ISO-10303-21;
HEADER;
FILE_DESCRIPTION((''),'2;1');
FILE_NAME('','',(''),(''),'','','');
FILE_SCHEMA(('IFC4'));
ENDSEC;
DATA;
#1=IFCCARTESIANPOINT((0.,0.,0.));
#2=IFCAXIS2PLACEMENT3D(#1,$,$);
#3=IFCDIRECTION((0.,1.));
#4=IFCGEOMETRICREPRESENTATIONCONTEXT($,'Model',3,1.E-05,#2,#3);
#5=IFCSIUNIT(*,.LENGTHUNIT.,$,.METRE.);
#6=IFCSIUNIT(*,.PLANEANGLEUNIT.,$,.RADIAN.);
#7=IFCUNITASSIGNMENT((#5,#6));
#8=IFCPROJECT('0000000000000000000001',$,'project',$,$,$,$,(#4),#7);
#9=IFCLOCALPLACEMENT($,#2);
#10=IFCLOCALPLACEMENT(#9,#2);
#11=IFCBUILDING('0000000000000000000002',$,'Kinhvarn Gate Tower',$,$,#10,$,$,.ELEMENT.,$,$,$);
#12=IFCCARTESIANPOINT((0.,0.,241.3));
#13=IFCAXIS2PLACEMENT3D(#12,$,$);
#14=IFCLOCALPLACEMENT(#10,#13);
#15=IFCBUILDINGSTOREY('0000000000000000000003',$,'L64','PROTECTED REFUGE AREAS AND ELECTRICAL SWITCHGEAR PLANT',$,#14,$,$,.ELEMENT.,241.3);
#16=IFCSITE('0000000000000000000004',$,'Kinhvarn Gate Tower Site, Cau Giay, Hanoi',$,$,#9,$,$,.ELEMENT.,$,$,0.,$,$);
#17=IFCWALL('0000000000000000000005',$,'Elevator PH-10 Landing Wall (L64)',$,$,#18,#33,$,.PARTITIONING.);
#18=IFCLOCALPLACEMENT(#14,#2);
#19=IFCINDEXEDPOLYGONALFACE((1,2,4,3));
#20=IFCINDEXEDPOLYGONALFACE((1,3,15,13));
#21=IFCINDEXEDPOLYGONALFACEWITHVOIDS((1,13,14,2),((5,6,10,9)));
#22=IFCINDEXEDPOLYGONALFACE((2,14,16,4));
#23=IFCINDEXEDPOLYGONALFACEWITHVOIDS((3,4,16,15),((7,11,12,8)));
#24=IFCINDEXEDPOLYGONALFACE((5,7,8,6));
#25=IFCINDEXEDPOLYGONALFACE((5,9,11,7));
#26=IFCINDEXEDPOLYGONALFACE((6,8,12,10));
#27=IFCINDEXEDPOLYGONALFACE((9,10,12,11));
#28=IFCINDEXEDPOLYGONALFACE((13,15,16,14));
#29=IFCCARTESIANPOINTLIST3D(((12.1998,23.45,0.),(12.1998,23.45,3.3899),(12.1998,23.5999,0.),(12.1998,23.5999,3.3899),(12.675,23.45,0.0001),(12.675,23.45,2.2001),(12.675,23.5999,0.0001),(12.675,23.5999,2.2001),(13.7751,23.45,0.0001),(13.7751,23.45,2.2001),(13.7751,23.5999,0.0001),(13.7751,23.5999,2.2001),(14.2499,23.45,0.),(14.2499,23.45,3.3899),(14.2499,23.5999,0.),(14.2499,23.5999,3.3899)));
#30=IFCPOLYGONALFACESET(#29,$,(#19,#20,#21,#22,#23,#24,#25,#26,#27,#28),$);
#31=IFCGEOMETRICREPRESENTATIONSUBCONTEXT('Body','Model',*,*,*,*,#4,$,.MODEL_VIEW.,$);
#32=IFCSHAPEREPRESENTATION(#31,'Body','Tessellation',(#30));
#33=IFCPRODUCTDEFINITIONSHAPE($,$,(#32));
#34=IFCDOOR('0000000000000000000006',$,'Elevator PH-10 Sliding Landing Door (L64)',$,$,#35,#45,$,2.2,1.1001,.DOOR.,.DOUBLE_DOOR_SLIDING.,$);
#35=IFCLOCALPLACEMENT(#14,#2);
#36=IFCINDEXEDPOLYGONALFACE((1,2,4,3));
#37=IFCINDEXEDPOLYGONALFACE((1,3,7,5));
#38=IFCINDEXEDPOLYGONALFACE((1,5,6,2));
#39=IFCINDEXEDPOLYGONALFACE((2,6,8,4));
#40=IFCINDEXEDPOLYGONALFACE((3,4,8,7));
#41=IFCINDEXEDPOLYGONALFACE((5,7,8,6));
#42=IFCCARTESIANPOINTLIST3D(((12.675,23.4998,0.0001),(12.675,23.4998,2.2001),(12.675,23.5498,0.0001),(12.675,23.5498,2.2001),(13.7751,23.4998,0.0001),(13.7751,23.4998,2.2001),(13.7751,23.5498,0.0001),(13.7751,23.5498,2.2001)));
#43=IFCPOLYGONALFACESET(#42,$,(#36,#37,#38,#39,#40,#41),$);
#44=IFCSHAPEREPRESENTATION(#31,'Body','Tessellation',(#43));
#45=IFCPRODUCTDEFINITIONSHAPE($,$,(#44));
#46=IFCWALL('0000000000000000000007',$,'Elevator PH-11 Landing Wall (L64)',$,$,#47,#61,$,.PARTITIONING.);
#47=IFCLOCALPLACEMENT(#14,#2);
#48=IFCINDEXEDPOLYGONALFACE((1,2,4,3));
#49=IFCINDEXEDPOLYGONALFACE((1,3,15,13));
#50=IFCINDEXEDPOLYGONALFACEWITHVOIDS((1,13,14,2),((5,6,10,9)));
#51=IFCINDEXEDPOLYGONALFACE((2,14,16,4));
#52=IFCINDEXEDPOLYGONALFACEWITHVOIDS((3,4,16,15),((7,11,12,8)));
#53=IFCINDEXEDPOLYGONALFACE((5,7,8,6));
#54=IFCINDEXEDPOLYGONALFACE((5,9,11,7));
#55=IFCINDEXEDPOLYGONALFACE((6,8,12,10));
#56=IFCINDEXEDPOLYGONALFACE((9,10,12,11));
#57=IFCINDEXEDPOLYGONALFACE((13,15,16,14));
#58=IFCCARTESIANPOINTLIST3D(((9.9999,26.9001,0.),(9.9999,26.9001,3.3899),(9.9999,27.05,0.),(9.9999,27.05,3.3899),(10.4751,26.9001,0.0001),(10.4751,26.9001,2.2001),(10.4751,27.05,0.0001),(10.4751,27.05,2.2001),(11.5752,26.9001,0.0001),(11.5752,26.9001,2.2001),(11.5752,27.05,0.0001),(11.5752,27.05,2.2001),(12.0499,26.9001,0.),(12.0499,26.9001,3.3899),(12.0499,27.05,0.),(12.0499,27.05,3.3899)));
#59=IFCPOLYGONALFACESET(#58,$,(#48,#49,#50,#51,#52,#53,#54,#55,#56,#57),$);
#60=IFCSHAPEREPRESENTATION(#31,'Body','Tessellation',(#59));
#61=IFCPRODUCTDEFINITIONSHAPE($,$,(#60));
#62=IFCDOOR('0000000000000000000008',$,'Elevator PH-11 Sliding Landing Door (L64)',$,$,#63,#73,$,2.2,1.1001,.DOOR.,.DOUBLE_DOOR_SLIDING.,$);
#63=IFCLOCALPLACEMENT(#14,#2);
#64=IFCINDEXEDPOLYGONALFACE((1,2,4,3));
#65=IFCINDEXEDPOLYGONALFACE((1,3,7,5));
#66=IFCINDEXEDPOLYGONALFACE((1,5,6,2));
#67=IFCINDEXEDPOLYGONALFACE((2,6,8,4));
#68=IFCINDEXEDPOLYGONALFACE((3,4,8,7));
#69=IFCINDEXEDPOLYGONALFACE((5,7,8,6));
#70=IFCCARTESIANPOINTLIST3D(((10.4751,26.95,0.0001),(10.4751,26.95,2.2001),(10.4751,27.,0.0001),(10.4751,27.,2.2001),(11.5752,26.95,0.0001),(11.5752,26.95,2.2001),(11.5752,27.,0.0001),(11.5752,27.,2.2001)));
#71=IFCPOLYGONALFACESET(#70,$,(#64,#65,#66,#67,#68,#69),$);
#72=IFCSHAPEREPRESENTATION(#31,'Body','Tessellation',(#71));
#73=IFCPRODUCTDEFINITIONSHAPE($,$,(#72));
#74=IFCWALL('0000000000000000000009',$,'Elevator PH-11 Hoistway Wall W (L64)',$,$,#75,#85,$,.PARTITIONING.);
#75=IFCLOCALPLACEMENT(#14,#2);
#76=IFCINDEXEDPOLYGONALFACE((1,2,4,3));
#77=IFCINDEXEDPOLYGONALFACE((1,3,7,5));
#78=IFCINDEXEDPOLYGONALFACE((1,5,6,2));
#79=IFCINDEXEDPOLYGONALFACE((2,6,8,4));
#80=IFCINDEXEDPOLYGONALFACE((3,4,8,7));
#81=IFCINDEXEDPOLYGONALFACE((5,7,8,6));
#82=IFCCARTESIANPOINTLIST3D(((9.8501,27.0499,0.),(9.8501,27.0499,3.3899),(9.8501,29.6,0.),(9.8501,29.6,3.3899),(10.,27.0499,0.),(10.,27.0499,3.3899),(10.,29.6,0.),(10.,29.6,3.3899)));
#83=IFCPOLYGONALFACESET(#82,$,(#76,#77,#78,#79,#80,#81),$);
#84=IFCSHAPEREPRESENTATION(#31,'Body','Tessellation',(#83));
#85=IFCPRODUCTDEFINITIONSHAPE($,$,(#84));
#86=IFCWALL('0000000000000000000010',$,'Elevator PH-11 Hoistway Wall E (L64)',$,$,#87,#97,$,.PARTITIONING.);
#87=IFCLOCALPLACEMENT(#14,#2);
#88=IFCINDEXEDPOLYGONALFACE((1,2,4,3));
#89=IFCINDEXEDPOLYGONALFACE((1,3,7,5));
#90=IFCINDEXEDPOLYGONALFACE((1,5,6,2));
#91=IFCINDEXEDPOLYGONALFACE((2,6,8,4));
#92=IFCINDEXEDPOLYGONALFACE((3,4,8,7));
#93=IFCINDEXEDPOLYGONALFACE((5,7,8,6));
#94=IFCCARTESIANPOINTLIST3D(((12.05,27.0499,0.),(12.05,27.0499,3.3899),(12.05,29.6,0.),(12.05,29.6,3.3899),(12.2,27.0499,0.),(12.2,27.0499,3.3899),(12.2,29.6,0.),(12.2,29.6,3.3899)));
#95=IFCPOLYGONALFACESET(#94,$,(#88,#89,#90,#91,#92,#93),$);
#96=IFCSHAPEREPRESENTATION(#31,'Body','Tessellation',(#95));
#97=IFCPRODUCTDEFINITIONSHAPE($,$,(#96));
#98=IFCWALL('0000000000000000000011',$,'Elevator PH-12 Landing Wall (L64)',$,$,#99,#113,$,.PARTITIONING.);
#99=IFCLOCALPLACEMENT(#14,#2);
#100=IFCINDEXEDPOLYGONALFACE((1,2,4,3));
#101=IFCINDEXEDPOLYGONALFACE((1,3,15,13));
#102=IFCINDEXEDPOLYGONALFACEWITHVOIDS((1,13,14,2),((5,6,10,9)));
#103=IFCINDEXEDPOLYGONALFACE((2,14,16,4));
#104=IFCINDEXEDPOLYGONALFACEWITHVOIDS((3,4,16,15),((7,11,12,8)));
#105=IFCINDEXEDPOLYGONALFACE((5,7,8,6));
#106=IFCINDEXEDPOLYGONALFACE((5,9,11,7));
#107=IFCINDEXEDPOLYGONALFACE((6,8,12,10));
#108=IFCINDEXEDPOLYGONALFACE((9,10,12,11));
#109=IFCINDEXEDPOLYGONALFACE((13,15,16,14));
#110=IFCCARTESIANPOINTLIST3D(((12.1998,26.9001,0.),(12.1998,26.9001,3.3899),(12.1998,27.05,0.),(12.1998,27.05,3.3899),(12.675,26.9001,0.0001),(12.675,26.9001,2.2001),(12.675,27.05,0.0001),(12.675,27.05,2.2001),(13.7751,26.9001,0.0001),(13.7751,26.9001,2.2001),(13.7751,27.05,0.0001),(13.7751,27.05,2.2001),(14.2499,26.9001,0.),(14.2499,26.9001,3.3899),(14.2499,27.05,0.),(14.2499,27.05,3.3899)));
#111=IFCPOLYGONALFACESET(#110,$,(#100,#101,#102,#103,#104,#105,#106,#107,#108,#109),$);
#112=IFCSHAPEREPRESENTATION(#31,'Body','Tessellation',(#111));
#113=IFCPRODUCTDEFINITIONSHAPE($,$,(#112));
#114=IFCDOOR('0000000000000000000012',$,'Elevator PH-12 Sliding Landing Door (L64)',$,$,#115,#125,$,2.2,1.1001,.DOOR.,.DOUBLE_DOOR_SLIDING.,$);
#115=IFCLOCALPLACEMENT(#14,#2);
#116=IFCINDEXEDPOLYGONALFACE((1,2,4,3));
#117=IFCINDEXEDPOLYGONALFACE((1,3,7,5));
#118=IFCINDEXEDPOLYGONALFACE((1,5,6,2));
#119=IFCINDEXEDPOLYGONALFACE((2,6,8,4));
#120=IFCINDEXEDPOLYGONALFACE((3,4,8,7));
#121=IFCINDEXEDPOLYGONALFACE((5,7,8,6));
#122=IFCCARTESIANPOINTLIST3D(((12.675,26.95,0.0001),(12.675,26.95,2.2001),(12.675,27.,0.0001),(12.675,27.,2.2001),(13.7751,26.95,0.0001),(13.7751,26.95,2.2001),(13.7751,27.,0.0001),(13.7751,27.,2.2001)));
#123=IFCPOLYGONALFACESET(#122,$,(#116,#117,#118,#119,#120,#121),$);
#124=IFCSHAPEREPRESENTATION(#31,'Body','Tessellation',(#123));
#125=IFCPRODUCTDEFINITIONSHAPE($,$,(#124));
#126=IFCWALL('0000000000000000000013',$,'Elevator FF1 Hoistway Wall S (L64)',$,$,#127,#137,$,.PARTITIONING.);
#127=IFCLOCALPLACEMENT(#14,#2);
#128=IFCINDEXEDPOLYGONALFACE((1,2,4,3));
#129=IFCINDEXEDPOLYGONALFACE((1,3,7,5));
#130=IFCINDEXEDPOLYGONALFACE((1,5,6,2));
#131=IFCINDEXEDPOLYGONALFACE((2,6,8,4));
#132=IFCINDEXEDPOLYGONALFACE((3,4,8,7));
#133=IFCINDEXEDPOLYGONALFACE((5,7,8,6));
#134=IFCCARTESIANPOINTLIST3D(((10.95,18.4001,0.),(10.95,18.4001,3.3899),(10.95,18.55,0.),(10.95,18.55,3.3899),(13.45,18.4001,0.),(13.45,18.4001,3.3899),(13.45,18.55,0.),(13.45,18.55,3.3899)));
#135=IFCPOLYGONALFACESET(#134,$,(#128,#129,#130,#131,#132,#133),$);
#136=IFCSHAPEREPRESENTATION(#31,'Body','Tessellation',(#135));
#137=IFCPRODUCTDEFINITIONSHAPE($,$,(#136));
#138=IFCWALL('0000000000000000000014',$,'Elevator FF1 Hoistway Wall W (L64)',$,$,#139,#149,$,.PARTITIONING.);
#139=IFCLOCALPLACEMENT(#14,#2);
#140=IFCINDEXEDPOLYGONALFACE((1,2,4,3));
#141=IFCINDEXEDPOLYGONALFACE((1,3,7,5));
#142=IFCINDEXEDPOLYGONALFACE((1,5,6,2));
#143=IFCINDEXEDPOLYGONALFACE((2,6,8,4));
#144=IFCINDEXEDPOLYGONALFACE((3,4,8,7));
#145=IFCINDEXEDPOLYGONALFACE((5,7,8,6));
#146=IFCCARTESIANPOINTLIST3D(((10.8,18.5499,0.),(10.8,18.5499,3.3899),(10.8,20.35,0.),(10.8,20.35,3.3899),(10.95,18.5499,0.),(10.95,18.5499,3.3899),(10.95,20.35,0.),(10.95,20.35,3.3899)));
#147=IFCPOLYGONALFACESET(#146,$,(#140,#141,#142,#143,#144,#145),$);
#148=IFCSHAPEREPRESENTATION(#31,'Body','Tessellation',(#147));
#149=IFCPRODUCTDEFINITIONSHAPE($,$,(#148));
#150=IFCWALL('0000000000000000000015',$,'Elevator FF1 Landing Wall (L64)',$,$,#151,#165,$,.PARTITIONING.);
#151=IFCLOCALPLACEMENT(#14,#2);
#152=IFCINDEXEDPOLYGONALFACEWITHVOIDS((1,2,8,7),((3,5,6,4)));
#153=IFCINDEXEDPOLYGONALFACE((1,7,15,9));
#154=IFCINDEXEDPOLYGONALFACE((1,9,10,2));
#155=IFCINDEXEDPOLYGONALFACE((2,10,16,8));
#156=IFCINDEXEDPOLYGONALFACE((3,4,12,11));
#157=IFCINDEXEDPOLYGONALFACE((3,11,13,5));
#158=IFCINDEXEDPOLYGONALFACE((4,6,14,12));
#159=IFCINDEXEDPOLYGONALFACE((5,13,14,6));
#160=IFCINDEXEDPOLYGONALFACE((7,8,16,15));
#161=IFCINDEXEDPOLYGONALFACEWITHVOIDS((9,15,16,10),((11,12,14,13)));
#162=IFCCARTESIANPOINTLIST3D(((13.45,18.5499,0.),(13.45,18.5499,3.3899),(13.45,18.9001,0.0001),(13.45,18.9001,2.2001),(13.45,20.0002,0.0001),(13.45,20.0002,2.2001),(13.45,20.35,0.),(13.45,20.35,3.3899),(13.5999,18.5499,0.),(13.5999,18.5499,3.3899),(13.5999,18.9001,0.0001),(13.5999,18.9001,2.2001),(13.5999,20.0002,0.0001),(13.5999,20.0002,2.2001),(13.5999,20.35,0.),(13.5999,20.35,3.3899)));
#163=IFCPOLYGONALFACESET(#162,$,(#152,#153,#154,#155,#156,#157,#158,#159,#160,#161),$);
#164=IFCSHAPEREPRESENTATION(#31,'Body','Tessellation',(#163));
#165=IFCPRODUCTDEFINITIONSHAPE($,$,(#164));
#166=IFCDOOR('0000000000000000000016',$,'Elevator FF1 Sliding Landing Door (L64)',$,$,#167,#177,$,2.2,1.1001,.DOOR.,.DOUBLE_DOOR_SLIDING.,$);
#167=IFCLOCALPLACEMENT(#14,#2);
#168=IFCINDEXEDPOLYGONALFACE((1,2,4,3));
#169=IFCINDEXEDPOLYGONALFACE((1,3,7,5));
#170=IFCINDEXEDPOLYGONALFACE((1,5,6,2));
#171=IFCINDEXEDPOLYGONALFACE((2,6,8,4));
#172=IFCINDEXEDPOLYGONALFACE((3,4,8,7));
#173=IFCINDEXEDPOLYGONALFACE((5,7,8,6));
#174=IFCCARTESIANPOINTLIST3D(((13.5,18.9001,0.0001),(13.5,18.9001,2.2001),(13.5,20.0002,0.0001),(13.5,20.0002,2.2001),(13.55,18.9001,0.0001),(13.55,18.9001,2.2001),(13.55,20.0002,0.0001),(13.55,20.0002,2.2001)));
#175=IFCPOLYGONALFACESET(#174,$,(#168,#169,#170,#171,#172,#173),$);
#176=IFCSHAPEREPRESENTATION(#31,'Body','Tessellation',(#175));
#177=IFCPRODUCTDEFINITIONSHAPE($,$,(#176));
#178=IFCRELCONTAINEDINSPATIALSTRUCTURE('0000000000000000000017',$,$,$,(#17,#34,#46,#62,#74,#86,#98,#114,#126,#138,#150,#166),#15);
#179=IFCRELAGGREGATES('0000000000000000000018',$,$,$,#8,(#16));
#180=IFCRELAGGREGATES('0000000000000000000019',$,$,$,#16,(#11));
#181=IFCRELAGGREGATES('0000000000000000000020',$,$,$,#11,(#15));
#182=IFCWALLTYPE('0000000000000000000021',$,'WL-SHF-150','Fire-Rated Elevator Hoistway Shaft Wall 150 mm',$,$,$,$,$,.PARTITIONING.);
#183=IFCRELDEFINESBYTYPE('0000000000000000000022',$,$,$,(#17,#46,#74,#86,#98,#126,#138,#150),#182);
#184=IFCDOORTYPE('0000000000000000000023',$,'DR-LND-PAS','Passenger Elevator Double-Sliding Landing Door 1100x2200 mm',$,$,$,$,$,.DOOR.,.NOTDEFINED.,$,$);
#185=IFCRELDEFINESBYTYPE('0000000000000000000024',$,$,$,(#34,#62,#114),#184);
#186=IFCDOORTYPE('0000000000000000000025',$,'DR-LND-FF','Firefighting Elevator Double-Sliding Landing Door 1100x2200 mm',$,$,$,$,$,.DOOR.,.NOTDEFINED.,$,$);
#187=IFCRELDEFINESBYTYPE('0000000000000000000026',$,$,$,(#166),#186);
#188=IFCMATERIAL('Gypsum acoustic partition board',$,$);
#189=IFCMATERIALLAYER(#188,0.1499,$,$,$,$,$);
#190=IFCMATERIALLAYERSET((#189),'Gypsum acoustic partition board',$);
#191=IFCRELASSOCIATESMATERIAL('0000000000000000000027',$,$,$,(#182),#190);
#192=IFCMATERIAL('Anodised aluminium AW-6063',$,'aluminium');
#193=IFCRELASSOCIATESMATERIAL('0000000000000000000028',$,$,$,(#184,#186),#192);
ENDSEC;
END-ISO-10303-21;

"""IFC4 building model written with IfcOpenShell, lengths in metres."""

from ifc_helpers import new_model, si_unit, direction, frame, frame_2d, origin, place, context, subcontext, project, spatial, rectangle, extrude, material, layer, layer_set, type_object, element, fill, save


model = new_model("IFC4")

# Units and contexts
model_context = context("Model", 3, precision=1e-05, world=origin(), true_north=direction((0.0, 1.0)))
body_context = subcontext(model_context, "Body", "Model", "MODEL_VIEW")
ifc_project = project(units=[si_unit("LENGTHUNIT", "METRE"), si_unit("PLANEANGLEUNIT", "RADIAN")], contexts=[model_context])

# Site, building, storey
site_placement = place(None, origin())
site = spatial("IfcSite", under=ifc_project, at=site_placement, Name="Kinhvarn Gate Tower Site, Cau Giay, Hanoi", CompositionType="ELEMENT", RefElevation=0.0)
building_placement = place(site_placement, origin())
building = spatial("IfcBuilding", under=site, at=building_placement, Name="Kinhvarn Gate Tower", CompositionType="ELEMENT")
storey_placement = place(building_placement, frame((0.0, 0.0, 241.3)))
storey = spatial("IfcBuildingStorey", under=building, at=storey_placement, Name="L64", Description="PROTECTED REFUGE AREAS AND ELECTRICAL SWITCHGEAR PLANT", CompositionType="ELEMENT", Elevation=241.3)

# Shared definitions
ifc_material_1 = material(Name="Gypsum acoustic partition board")

# Shared definitions
ifc_material_2 = material(Name="Anodised aluminium AW-6063", Category="aluminium")

# Shared definitions
ifc_layer_1 = layer(ifc_material_1, 0.1499)
ifc_layer_set_1 = layer_set([ifc_layer_1], Name="Gypsum acoustic partition board")
wall_type_1 = type_object("IfcWallType", Name="WL-SHF-150", Description="Fire-Rated Elevator Hoistway Shaft Wall 150 mm", PredefinedType="PARTITIONING", material=ifc_layer_set_1)
door_type_1 = type_object("IfcDoorType", Name="DR-LND-PAS", Description="Passenger Elevator Double-Sliding Landing Door 1100x2200 mm", OperationType="NOTDEFINED", PredefinedType="DOOR", material=ifc_material_2)

# Walls, openings, doors
wall_1_placement = place(storey_placement, frame((12.2, 23.5249, 0.0), z_axis=(0.0, 0.0, 1.0), x_axis=(1.0, 0.0, 0.0)))
wall_1 = element("IfcWall", 1, at=wall_1_placement, inside=storey, type_object=wall_type_1, Name="Elevator PH-10 Landing Wall (L64)", PredefinedType="PARTITIONING", context=body_context, shape_type="SweptSolid", body=[
    extrude(rectangle(XDim=2.05, YDim=0.1499, at=frame_2d((1.0249, 0.0))), origin(), (0.0, 0.0, 1.0), 3.3899),
])
opening_1_placement = place(wall_1_placement, frame((0.4751, 0.0, 0.0)))
opening_1 = element("IfcOpeningElement", 2, at=opening_1_placement, cuts=wall_1, PredefinedType="OPENING", context=body_context, shape_type="SweptSolid", body=[
    extrude(rectangle(XDim=1.1001, YDim=2.2, at=frame_2d((0.55, 1.1001))), frame((0.0, 0.085, 0.0), z_axis=(0.0, -1.0, 0.0), x_axis=(1.0, 0.0, 0.0)), (0.0, 0.0, 1.0), 0.1699),
])
door_1_placement = place(opening_1_placement, origin())
door_1 = element("IfcDoor", 3, at=door_1_placement, inside=storey, type_object=door_type_1, Name="Elevator PH-10 Sliding Landing Door (L64)", OperationType="DOUBLE_DOOR_SLIDING", OverallHeight=2.2, OverallWidth=1.1001, PredefinedType="DOOR", context=body_context, shape_type="SweptSolid", body=[
    extrude(rectangle(XDim=1.1001, YDim=2.2, at=frame_2d((0.55, 1.1001))), frame((0.0, 0.0249, 0.0), z_axis=(0.0, -1.0, 0.0), x_axis=(1.0, 0.0, 0.0)), (0.0, 0.0, 1.0), 0.05),
])
fill(opening_1, door_1)
wall_2_placement = place(storey_placement, frame((10.0, 26.9751, 0.0), z_axis=(0.0, 0.0, 1.0), x_axis=(1.0, 0.0, 0.0)))
wall_2 = element("IfcWall", 4, at=wall_2_placement, inside=storey, type_object=wall_type_1, Name="Elevator PH-11 Landing Wall (L64)", PredefinedType="PARTITIONING", context=body_context, shape_type="SweptSolid", body=[
    extrude(rectangle(XDim=2.05, YDim=0.1499, at=frame_2d((1.0249, 0.0))), origin(), (0.0, 0.0, 1.0), 3.3899),
])
opening_2_placement = place(wall_2_placement, frame((0.4751, 0.0, 0.0)))
opening_2 = element("IfcOpeningElement", 5, at=opening_2_placement, cuts=wall_2, PredefinedType="OPENING", context=body_context, shape_type="SweptSolid", body=[
    extrude(rectangle(XDim=1.1001, YDim=2.2, at=frame_2d((0.55, 1.1001))), frame((0.0, 0.085, 0.0), z_axis=(0.0, -1.0, 0.0), x_axis=(1.0, 0.0, 0.0)), (0.0, 0.0, 1.0), 0.1699),
])
door_2_placement = place(opening_2_placement, origin())
door_2 = element("IfcDoor", 6, at=door_2_placement, inside=storey, type_object=door_type_1, Name="Elevator PH-11 Sliding Landing Door (L64)", OperationType="DOUBLE_DOOR_SLIDING", OverallHeight=2.2, OverallWidth=1.1001, PredefinedType="DOOR", context=body_context, shape_type="SweptSolid", body=[
    extrude(rectangle(XDim=1.1001, YDim=2.2, at=frame_2d((0.55, 1.1001))), frame((0.0, 0.0249, 0.0), z_axis=(0.0, -1.0, 0.0), x_axis=(1.0, 0.0, 0.0)), (0.0, 0.0, 1.0), 0.05),
])
fill(opening_2, door_2)

# Walls
for number, where, z_axis, x_axis, name in (
    (7, (9.925, 27.05, 0.0), (0.0, 0.0, 1.0), (0.0, 1.0, 0.0), "Elevator PH-11 Hoistway Wall W (L64)"),
    (8, (12.125, 27.05, 0.0), (0.0, 0.0, 1.0), (0.0, 1.0, 0.0), "Elevator PH-11 Hoistway Wall E (L64)"),
):
    element("IfcWall", number, at=place(storey_placement, frame(where, z_axis=z_axis, x_axis=x_axis)), inside=storey, type_object=wall_type_1, Name=name, PredefinedType="PARTITIONING", context=body_context, shape_type="SweptSolid", body=[
        extrude(rectangle(XDim=2.55, YDim=0.1499, at=frame_2d((1.2749, 0.0))), origin(), (0.0, 0.0, 1.0), 3.3899),
    ])

# Wall, opening, door
wall_3_placement = place(storey_placement, frame((12.2, 26.9751, 0.0), z_axis=(0.0, 0.0, 1.0), x_axis=(1.0, 0.0, 0.0)))
wall_3 = element("IfcWall", 9, at=wall_3_placement, inside=storey, type_object=wall_type_1, Name="Elevator PH-12 Landing Wall (L64)", PredefinedType="PARTITIONING", context=body_context, shape_type="SweptSolid", body=[
    extrude(rectangle(XDim=2.05, YDim=0.1499, at=frame_2d((1.0249, 0.0))), origin(), (0.0, 0.0, 1.0), 3.3899),
])
opening_3_placement = place(wall_3_placement, frame((0.4751, 0.0, 0.0)))
opening_3 = element("IfcOpeningElement", 10, at=opening_3_placement, cuts=wall_3, PredefinedType="OPENING", context=body_context, shape_type="SweptSolid", body=[
    extrude(rectangle(XDim=1.1001, YDim=2.2, at=frame_2d((0.55, 1.1001))), frame((0.0, 0.085, 0.0), z_axis=(0.0, -1.0, 0.0), x_axis=(1.0, 0.0, 0.0)), (0.0, 0.0, 1.0), 0.1699),
])
door_3_placement = place(opening_3_placement, origin())
door_3 = element("IfcDoor", 11, at=door_3_placement, inside=storey, type_object=door_type_1, Name="Elevator PH-12 Sliding Landing Door (L64)", OperationType="DOUBLE_DOOR_SLIDING", OverallHeight=2.2, OverallWidth=1.1001, PredefinedType="DOOR", context=body_context, shape_type="SweptSolid", body=[
    extrude(rectangle(XDim=1.1001, YDim=2.2, at=frame_2d((0.55, 1.1001))), frame((0.0, 0.0249, 0.0), z_axis=(0.0, -1.0, 0.0), x_axis=(1.0, 0.0, 0.0)), (0.0, 0.0, 1.0), 0.05),
])
fill(opening_3, door_3)

# Walls
wall_4_placement = place(storey_placement, frame((10.95, 18.4751, 0.0), z_axis=(0.0, 0.0, 1.0), x_axis=(1.0, 0.0, 0.0)))
element("IfcWall", 12, at=wall_4_placement, inside=storey, type_object=wall_type_1, Name="Elevator FF1 Hoistway Wall S (L64)", PredefinedType="PARTITIONING", context=body_context, shape_type="SweptSolid", body=[
    extrude(rectangle(XDim=2.5, YDim=0.1499, at=frame_2d((1.25, 0.0))), origin(), (0.0, 0.0, 1.0), 3.3899),
])
wall_5_placement = place(storey_placement, frame((10.875, 18.55, 0.0), z_axis=(0.0, 0.0, 1.0), x_axis=(0.0, 1.0, 0.0)))
element("IfcWall", 13, at=wall_5_placement, inside=storey, type_object=wall_type_1, Name="Elevator FF1 Hoistway Wall W (L64)", PredefinedType="PARTITIONING", context=body_context, shape_type="SweptSolid", body=[
    extrude(rectangle(XDim=1.8, YDim=0.1499, at=frame_2d((0.8999, 0.0))), origin(), (0.0, 0.0, 1.0), 3.3899),
])

# Wall, opening, door
wall_6_placement = place(storey_placement, frame((13.5249, 18.55, 0.0), z_axis=(0.0, 0.0, 1.0), x_axis=(0.0, 1.0, 0.0)))
wall_6 = element("IfcWall", 14, at=wall_6_placement, inside=storey, type_object=wall_type_1, Name="Elevator FF1 Landing Wall (L64)", PredefinedType="PARTITIONING", context=body_context, shape_type="SweptSolid", body=[
    extrude(rectangle(XDim=1.8, YDim=0.1499, at=frame_2d((0.8999, 0.0))), origin(), (0.0, 0.0, 1.0), 3.3899),
])
opening_4_placement = place(wall_6_placement, frame((0.3501, 0.0, 0.0)))
opening_4 = element("IfcOpeningElement", 15, at=opening_4_placement, cuts=wall_6, PredefinedType="OPENING", context=body_context, shape_type="SweptSolid", body=[
    extrude(rectangle(XDim=1.1001, YDim=2.2, at=frame_2d((0.55, 1.1001))), frame((0.0, 0.085, 0.0), z_axis=(0.0, -1.0, 0.0), x_axis=(1.0, 0.0, 0.0)), (0.0, 0.0, 1.0), 0.1699),
])
door_type_2 = type_object("IfcDoorType", Name="DR-LND-FF", Description="Firefighting Elevator Double-Sliding Landing Door 1100x2200 mm", OperationType="NOTDEFINED", PredefinedType="DOOR", material=ifc_material_2)
door_4_placement = place(opening_4_placement, origin())
door_4 = element("IfcDoor", 16, at=door_4_placement, inside=storey, type_object=door_type_2, Name="Elevator FF1 Sliding Landing Door (L64)", OperationType="DOUBLE_DOOR_SLIDING", OverallHeight=2.2, OverallWidth=1.1001, PredefinedType="DOOR", context=body_context, shape_type="SweptSolid", body=[
    extrude(rectangle(XDim=1.1001, YDim=2.2, at=frame_2d((0.55, 1.1001))), frame((0.0, 0.0249, 0.0), z_axis=(0.0, -1.0, 0.0), x_axis=(1.0, 0.0, 0.0)), (0.0, 0.0, 1.0), 0.05),
])
fill(opening_4, door_4)

save(model, "model.ifc")
